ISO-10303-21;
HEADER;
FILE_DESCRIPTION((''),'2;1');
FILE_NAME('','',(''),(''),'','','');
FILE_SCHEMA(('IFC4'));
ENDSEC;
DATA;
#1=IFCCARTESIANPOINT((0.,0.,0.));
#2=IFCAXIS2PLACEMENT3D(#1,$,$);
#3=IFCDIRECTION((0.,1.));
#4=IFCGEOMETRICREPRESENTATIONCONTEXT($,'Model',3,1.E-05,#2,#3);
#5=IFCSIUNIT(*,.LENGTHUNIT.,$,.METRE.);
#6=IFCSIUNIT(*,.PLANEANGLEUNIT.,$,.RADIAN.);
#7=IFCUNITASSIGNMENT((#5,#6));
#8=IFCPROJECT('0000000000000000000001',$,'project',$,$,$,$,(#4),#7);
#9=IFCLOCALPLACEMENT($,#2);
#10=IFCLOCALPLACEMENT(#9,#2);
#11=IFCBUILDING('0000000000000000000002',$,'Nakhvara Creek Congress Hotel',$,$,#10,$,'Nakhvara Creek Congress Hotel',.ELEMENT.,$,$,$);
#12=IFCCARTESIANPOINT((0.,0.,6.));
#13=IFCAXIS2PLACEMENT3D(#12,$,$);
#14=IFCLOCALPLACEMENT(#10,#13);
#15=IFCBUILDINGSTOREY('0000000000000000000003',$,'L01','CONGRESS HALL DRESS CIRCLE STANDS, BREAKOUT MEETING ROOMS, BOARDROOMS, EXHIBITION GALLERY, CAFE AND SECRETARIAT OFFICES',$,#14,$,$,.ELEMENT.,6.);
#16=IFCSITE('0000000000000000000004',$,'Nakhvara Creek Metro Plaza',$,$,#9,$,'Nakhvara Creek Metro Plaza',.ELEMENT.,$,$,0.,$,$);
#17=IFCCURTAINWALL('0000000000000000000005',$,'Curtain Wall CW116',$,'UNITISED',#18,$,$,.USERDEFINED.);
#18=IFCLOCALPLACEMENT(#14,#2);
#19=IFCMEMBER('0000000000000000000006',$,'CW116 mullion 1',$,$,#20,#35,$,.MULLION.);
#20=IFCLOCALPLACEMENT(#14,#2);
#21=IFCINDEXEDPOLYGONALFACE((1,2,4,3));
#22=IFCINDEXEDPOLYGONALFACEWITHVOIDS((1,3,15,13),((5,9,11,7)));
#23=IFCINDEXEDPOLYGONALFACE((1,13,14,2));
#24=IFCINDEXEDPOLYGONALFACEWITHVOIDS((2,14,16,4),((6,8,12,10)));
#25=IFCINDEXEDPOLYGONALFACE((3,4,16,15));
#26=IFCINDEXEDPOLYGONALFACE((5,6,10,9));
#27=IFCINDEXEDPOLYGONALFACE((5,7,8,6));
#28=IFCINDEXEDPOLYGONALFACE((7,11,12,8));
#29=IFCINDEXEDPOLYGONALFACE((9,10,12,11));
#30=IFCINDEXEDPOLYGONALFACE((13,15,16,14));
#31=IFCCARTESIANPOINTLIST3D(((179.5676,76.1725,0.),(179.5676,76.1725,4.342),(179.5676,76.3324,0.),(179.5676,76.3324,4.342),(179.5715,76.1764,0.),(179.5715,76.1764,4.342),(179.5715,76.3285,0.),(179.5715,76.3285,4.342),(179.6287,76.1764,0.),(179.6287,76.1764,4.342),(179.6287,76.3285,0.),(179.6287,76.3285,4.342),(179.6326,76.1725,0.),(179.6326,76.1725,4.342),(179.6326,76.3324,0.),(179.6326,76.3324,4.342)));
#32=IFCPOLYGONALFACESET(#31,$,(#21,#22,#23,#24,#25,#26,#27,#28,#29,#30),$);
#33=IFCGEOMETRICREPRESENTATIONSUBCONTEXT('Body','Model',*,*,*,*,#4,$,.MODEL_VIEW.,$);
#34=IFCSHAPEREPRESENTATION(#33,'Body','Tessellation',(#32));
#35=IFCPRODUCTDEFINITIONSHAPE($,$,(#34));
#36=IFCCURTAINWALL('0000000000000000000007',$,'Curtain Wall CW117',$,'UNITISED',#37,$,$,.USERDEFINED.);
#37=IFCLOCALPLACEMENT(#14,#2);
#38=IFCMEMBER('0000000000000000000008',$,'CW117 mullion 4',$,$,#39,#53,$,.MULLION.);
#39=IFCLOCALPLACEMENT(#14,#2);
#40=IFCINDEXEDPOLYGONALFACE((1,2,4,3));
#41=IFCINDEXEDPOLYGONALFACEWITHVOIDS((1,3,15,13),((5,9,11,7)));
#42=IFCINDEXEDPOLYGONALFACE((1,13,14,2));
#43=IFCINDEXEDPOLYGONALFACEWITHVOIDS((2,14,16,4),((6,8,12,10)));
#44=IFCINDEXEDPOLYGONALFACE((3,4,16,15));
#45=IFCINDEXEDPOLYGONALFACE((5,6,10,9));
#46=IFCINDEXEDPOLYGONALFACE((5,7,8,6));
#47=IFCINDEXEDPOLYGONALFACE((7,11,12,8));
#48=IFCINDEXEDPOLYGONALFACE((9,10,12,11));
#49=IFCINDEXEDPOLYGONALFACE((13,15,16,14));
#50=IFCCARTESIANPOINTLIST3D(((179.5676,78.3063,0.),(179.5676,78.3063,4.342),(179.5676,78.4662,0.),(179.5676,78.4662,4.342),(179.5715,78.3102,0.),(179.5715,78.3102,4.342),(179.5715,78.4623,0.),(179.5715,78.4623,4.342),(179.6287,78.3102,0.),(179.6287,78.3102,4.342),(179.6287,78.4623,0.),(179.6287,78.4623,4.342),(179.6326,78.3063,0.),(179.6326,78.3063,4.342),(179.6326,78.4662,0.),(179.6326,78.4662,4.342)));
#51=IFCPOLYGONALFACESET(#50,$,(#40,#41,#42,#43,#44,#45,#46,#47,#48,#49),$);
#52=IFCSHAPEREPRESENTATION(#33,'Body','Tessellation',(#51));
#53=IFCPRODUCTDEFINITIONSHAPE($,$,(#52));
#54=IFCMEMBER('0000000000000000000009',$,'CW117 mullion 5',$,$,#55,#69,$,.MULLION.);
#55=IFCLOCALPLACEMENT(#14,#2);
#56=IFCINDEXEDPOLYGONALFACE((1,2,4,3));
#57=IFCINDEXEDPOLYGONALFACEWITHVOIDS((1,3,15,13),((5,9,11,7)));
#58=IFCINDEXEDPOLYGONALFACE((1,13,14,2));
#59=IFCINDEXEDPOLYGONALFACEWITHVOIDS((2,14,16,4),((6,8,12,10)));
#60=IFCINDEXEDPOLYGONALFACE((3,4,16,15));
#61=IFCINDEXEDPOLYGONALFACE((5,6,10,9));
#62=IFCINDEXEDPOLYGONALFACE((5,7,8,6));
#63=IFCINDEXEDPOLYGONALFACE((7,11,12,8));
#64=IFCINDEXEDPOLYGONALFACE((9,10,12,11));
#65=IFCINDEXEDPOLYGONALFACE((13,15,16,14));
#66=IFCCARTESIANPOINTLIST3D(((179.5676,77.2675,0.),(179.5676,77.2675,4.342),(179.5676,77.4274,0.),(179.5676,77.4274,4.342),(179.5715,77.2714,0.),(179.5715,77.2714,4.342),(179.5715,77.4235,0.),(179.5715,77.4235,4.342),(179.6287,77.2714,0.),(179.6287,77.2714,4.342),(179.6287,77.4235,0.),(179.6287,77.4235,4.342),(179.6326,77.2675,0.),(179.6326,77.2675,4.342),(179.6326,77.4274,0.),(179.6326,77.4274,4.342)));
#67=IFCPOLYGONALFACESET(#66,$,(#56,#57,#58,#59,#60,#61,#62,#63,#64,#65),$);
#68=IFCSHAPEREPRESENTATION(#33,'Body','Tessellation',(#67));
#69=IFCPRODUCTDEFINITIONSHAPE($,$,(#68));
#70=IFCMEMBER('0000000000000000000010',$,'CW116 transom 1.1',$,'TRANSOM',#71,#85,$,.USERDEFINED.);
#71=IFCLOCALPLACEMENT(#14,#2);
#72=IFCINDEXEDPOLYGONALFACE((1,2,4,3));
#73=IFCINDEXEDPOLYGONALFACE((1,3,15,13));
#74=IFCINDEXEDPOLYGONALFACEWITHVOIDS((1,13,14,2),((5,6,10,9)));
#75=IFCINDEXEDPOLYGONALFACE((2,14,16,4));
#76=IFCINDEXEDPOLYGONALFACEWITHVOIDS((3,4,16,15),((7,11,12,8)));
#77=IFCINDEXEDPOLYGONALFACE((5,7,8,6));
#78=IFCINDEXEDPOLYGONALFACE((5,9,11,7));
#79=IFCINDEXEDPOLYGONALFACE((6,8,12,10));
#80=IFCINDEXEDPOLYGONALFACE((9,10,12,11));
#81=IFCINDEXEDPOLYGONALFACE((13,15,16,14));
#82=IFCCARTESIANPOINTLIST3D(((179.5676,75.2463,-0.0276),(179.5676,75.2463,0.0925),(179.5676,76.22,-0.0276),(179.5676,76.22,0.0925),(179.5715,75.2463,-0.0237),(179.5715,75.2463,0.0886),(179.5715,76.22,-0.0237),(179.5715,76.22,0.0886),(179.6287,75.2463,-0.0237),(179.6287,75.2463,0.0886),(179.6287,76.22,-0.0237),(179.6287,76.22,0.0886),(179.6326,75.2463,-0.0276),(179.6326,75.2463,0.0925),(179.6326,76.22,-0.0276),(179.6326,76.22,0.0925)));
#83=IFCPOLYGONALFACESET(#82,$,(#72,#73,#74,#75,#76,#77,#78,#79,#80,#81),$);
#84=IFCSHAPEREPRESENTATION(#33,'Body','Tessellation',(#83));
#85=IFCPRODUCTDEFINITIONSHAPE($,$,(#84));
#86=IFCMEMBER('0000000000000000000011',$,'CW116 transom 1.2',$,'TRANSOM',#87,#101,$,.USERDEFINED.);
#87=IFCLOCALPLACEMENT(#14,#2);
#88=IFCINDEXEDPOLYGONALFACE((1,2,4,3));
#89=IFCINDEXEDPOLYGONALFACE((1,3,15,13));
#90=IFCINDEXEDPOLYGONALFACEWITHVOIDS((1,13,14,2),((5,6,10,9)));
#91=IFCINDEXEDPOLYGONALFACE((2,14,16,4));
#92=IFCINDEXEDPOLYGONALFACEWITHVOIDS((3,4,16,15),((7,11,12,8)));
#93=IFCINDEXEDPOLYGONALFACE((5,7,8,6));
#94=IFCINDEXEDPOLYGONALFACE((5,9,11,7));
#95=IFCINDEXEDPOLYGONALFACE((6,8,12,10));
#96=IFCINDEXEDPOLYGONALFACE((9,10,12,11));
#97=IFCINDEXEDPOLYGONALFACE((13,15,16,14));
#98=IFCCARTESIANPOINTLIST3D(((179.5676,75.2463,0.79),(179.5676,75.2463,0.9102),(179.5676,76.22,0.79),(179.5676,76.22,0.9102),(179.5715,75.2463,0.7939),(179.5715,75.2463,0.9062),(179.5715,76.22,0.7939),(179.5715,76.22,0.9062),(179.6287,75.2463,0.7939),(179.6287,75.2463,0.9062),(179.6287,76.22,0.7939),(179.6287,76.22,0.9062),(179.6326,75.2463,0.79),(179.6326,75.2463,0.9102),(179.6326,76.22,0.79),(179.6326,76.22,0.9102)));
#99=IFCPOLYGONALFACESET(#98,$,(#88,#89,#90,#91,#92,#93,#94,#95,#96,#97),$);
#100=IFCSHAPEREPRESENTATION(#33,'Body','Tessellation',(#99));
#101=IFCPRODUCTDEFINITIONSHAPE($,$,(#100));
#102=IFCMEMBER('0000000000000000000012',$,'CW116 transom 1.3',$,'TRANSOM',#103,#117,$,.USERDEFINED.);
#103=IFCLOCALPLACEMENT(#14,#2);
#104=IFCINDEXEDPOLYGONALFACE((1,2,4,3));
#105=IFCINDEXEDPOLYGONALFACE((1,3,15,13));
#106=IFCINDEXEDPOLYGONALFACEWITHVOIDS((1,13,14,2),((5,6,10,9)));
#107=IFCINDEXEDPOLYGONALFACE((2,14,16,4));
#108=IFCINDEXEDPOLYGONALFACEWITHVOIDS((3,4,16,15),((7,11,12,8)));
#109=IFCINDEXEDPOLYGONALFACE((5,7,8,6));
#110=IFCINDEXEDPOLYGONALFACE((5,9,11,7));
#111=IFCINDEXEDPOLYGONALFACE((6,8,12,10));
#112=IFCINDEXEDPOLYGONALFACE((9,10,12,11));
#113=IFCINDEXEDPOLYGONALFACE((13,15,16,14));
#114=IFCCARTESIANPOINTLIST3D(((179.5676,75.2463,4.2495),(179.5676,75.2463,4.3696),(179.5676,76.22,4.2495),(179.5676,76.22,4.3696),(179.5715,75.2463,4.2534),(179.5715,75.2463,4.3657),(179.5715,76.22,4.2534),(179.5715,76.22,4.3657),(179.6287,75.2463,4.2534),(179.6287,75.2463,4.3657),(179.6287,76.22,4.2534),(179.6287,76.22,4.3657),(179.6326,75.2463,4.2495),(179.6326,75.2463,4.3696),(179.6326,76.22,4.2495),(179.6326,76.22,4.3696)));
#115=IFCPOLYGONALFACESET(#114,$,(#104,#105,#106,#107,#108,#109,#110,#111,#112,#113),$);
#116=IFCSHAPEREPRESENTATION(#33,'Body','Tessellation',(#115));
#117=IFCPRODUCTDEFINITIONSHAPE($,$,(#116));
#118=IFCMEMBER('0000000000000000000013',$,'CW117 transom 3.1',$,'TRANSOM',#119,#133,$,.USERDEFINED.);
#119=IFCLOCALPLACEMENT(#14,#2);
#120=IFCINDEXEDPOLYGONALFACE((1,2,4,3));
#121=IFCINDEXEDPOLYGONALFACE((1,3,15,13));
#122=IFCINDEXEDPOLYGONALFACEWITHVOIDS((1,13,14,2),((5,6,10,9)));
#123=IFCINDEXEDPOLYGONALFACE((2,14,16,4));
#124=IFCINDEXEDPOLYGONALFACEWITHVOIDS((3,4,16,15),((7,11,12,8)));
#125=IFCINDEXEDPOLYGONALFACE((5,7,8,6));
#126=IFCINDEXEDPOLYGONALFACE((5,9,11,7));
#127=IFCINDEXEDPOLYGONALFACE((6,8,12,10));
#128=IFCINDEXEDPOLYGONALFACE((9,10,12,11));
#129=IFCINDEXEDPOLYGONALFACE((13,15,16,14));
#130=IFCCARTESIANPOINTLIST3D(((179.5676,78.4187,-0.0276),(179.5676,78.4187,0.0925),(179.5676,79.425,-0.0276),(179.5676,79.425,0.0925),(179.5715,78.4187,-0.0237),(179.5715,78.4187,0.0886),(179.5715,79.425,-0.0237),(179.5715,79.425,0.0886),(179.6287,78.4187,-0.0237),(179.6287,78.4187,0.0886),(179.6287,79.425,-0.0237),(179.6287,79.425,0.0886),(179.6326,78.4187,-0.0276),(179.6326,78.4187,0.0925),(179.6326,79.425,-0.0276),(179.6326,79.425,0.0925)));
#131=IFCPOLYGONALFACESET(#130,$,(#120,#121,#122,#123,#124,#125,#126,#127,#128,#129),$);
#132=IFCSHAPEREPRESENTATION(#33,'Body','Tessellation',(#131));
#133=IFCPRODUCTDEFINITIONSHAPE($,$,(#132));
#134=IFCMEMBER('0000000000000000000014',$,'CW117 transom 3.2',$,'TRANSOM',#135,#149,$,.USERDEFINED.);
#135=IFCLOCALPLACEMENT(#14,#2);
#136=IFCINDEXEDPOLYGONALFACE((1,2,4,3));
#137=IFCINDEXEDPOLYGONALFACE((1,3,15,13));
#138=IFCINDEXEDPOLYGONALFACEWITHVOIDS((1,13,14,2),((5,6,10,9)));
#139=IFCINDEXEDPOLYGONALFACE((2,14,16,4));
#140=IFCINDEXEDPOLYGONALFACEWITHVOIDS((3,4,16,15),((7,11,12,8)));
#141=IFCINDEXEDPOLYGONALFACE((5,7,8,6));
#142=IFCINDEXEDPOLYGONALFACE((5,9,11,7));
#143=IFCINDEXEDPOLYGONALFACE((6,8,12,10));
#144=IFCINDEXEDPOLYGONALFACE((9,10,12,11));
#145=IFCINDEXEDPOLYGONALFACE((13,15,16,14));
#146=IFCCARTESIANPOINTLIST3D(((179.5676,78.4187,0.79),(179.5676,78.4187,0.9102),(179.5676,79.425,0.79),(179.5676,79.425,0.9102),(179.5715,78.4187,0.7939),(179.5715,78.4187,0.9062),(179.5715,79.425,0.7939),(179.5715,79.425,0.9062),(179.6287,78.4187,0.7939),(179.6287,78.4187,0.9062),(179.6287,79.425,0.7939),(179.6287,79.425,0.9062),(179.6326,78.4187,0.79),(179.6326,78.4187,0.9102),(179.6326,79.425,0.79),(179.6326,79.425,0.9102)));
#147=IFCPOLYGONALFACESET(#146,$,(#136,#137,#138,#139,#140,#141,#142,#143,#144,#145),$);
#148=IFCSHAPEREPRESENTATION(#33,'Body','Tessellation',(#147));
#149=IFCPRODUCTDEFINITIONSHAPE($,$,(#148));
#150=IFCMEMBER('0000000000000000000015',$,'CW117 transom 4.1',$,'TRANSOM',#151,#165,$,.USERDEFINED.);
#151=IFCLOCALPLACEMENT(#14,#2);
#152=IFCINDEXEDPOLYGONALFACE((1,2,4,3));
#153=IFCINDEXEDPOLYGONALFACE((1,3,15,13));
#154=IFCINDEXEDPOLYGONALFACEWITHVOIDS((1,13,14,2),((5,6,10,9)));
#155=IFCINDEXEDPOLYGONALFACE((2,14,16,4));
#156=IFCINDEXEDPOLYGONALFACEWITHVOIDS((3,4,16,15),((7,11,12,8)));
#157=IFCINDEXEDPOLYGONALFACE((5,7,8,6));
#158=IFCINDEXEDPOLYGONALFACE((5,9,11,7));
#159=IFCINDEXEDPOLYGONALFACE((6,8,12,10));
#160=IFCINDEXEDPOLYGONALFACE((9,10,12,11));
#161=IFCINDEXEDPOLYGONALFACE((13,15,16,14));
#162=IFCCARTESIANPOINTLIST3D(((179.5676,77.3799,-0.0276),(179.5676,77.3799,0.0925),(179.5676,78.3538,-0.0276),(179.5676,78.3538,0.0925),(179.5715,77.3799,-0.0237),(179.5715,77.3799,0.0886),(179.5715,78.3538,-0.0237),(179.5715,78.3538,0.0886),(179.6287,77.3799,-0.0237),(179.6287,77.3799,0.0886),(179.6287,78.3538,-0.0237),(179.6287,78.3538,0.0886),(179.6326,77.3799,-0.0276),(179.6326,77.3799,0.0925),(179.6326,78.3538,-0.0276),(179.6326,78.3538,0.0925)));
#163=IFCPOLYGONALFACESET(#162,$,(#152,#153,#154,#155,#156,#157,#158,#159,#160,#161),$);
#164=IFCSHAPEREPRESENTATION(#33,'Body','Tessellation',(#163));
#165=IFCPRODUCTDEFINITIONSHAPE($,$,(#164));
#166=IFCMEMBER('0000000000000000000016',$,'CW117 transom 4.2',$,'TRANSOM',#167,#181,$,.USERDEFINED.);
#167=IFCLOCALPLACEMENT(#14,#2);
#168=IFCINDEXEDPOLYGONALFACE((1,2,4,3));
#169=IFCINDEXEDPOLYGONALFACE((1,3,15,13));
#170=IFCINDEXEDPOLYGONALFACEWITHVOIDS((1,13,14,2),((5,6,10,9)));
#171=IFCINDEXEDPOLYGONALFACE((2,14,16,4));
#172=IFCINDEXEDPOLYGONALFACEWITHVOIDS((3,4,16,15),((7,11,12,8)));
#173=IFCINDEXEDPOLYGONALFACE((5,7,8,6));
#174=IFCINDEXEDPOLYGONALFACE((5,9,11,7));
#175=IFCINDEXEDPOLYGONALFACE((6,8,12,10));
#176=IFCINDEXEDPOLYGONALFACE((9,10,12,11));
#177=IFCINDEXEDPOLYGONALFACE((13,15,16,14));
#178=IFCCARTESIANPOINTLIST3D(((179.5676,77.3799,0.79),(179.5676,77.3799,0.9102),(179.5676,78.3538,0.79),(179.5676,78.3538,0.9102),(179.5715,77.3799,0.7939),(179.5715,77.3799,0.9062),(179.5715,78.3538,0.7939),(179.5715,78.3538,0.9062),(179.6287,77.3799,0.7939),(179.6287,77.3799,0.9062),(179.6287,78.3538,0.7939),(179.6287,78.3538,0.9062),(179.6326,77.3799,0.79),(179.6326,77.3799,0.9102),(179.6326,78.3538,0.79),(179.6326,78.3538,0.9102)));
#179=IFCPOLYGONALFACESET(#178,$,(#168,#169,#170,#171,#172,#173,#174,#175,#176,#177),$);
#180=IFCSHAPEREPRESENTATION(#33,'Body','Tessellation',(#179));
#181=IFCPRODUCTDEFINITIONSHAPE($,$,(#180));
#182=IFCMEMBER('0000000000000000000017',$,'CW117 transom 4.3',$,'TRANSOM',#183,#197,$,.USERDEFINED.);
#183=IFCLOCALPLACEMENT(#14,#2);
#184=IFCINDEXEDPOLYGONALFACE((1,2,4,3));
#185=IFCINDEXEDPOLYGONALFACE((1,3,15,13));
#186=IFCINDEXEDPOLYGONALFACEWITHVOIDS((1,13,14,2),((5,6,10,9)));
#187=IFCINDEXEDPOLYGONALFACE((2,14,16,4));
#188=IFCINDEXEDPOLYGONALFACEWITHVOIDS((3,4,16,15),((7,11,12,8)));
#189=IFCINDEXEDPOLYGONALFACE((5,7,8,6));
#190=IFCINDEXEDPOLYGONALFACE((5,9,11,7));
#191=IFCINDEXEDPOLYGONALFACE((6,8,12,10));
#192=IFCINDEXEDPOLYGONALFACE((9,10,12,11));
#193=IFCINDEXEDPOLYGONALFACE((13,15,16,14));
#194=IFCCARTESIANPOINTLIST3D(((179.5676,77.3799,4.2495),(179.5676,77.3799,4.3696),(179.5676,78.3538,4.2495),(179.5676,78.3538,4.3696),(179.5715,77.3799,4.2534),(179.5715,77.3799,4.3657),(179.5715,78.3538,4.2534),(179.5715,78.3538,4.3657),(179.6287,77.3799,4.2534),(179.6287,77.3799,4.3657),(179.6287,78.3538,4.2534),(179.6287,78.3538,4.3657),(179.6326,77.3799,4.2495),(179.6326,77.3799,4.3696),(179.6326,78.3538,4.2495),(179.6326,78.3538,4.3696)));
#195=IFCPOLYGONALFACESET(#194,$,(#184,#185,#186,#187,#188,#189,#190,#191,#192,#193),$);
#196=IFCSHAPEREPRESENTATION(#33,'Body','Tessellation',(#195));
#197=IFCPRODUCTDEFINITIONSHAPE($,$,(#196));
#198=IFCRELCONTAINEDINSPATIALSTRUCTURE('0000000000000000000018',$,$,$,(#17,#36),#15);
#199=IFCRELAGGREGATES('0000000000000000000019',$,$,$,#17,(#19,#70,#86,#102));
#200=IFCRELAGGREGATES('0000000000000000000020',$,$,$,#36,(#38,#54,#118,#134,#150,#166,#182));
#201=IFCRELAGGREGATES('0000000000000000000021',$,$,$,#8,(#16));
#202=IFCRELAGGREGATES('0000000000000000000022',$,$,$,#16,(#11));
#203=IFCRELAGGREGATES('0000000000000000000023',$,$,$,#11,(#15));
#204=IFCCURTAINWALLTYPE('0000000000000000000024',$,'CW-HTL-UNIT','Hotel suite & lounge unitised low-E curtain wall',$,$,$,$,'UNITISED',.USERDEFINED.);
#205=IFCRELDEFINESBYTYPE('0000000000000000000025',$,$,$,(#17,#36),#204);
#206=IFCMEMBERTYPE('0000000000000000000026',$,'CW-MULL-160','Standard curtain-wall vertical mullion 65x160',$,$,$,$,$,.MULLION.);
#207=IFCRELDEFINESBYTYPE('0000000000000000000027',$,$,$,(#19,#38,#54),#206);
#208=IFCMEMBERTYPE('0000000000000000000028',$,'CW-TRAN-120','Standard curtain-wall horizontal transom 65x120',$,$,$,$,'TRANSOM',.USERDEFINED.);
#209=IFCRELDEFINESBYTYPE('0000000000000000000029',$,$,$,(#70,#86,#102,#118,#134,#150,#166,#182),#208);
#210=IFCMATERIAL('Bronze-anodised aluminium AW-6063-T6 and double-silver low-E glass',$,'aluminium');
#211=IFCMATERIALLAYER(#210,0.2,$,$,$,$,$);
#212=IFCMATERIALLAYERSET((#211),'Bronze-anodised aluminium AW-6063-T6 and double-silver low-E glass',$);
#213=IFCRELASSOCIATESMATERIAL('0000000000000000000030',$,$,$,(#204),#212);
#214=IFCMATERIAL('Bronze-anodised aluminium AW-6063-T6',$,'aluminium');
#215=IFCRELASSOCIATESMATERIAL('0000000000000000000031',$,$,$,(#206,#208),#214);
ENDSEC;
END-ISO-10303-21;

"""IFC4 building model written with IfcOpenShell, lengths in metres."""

from ifc_helpers import new_model, si_unit, direction, frame, origin, origin_2d, place, context, subcontext, project, spatial, hollow_rectangle, extrude, material, layer, layer_set, material_profile, profile_set, type_object, element, aggregate, save


model = new_model("IFC4")

# Units and contexts
model_context = context("Model", 3, precision=1e-05, world=origin(), true_north=direction((0.0, 1.0)))
body_context = subcontext(model_context, "Body", "Model", "MODEL_VIEW")
ifc_project = project(units=[si_unit("LENGTHUNIT", "METRE"), si_unit("PLANEANGLEUNIT", "RADIAN")], contexts=[model_context])

# Site, building, storey
site_placement = place(None, origin())
site = spatial("IfcSite", under=ifc_project, at=site_placement, Name="Nakhvara Creek Metro Plaza", LongName="Nakhvara Creek Metro Plaza", CompositionType="ELEMENT", RefElevation=0.0)
building_placement = place(site_placement, origin())
building = spatial("IfcBuilding", under=site, at=building_placement, Name="Nakhvara Creek Congress Hotel", LongName="Nakhvara Creek Congress Hotel", CompositionType="ELEMENT")
storey_placement = place(building_placement, frame((0.0, 0.0, 6.0)))
storey = spatial("IfcBuildingStorey", under=building, at=storey_placement, Name="L01", Description="CONGRESS HALL DRESS CIRCLE STANDS, BREAKOUT MEETING ROOMS, BOARDROOMS, EXHIBITION GALLERY, CAFE AND SECRETARIAT OFFICES", CompositionType="ELEMENT", Elevation=6.0)

# Curtain wall, member
ifc_material_1 = material(Name="Bronze-anodised aluminium AW-6063-T6 and double-silver low-E glass", Category="aluminium")
ifc_layer_1 = layer(ifc_material_1, 0.2)
ifc_layer_set_1 = layer_set([ifc_layer_1], Name="Bronze-anodised aluminium AW-6063-T6 and double-silver low-E glass")
curtain_wall_type = type_object("IfcCurtainWallType", Name="CW-HTL-UNIT", Description="Hotel suite & lounge unitised low-E curtain wall", ElementType="UNITISED", PredefinedType="USERDEFINED", material=ifc_layer_set_1)
curtain_wall_1_placement = place(storey_placement, origin())
curtain_wall_1 = element("IfcCurtainWall", 1, at=curtain_wall_1_placement, inside=storey, type_object=curtain_wall_type, Name="Curtain Wall CW116", ObjectType="UNITISED", PredefinedType="USERDEFINED")
ifc_material_2 = material(Name="Bronze-anodised aluminium AW-6063-T6", Category="aluminium")
ifc_material_profile_1 = material_profile(ifc_material_2, hollow_rectangle(XDim=0.0649, YDim=0.1599, WallThickness=0.0039, at=origin_2d()), Name="ALU-MULL 65x160x4", Category="LoadBearing")
ifc_profile_set_1 = profile_set([ifc_material_profile_1], Name="Bronze-anodised aluminium AW-6063-T6")
member_type_1 = type_object("IfcMemberType", Name="CW-MULL-160", Description="Standard curtain-wall vertical mullion 65x160", PredefinedType="MULLION", material=ifc_profile_set_1)
member_1_placement = place(storey_placement, frame((179.6001, 76.2524, 0.0), z_axis=(0.0, 0.0, 1.0), x_axis=(1.0, 0.0, 0.0)))
member_1 = element("IfcMember", 2, at=member_1_placement, type_object=member_type_1, Name="CW116 mullion 1", PredefinedType="MULLION", context=body_context, shape_type="SweptSolid", body=[
    extrude(hollow_rectangle(XDim=0.0649, YDim=0.1599, WallThickness=0.0039, at=origin_2d()), origin(), (0.0, 0.0, 1.0), 4.342),
])

# Curtain wall, members
curtain_wall_2_placement = place(storey_placement, origin())
curtain_wall_2 = element("IfcCurtainWall", 3, at=curtain_wall_2_placement, inside=storey, type_object=curtain_wall_type, Name="Curtain Wall CW117", ObjectType="UNITISED", PredefinedType="USERDEFINED")
member_2_placement = place(storey_placement, frame((179.6001, 78.3862, 0.0), z_axis=(0.0, 0.0, 1.0), x_axis=(1.0, 0.0, 0.0)))
member_2 = element("IfcMember", 4, at=member_2_placement, type_object=member_type_1, Name="CW117 mullion 4", PredefinedType="MULLION", context=body_context, shape_type="SweptSolid", body=[
    extrude(hollow_rectangle(XDim=0.0649, YDim=0.1599, WallThickness=0.0039, at=origin_2d()), origin(), (0.0, 0.0, 1.0), 4.342),
])
member_3_placement = place(storey_placement, frame((179.6001, 77.3474, 0.0), z_axis=(0.0, 0.0, 1.0), x_axis=(1.0, 0.0, 0.0)))
member_3 = element("IfcMember", 5, at=member_3_placement, type_object=member_type_1, Name="CW117 mullion 5", PredefinedType="MULLION", context=body_context, shape_type="SweptSolid", body=[
    extrude(hollow_rectangle(XDim=0.0649, YDim=0.1599, WallThickness=0.0039, at=origin_2d()), origin(), (0.0, 0.0, 1.0), 4.342),
])

# Members
ifc_material_profile_2 = material_profile(ifc_material_2, hollow_rectangle(XDim=0.0649, YDim=0.1201, WallThickness=0.0039, at=origin_2d()), Name="ALU-TRAN 65x120x4", Category="LoadBearing")
ifc_profile_set_2 = profile_set([ifc_material_profile_2], Name="Bronze-anodised aluminium AW-6063-T6")
member_type_2 = type_object("IfcMemberType", Name="CW-TRAN-120", Description="Standard curtain-wall horizontal transom 65x120", ElementType="TRANSOM", PredefinedType="USERDEFINED", material=ifc_profile_set_2)
member_4_placement = place(storey_placement, frame((179.6001, 76.22, 0.0325), z_axis=(0.0, -1.0, 0.0), x_axis=(1.0, 0.0, 0.0)))
member_4 = element("IfcMember", 6, at=member_4_placement, type_object=member_type_2, Name="CW116 transom 1.1", ObjectType="TRANSOM", PredefinedType="USERDEFINED", context=body_context, shape_type="SweptSolid", body=[
    extrude(hollow_rectangle(XDim=0.0649, YDim=0.1201, WallThickness=0.0039, at=origin_2d()), origin(), (0.0, 0.0, 1.0), 0.9736),
])
member_5_placement = place(storey_placement, frame((179.6001, 76.22, 0.8501), z_axis=(0.0, -1.0, 0.0), x_axis=(1.0, 0.0, 0.0)))
member_5 = element("IfcMember", 7, at=member_5_placement, type_object=member_type_2, Name="CW116 transom 1.2", ObjectType="TRANSOM", PredefinedType="USERDEFINED", context=body_context, shape_type="SweptSolid", body=[
    extrude(hollow_rectangle(XDim=0.0649, YDim=0.1201, WallThickness=0.0039, at=origin_2d()), origin(), (0.0, 0.0, 1.0), 0.9736),
])
member_6_placement = place(storey_placement, frame((179.6001, 76.22, 4.3096), z_axis=(0.0, -1.0, 0.0), x_axis=(1.0, 0.0, 0.0)))
member_6 = element("IfcMember", 8, at=member_6_placement, type_object=member_type_2, Name="CW116 transom 1.3", ObjectType="TRANSOM", PredefinedType="USERDEFINED", context=body_context, shape_type="SweptSolid", body=[
    extrude(hollow_rectangle(XDim=0.0649, YDim=0.1201, WallThickness=0.0039, at=origin_2d()), origin(), (0.0, 0.0, 1.0), 0.9736),
])
aggregate(curtain_wall_1, [member_1, member_4, member_5, member_6])
member_7_placement = place(storey_placement, frame((179.6001, 79.425, 0.0325), z_axis=(0.0, -1.0, 0.0), x_axis=(1.0, 0.0, 0.0)))
member_7 = element("IfcMember", 9, at=member_7_placement, type_object=member_type_2, Name="CW117 transom 3.1", ObjectType="TRANSOM", PredefinedType="USERDEFINED", context=body_context, shape_type="SweptSolid", body=[
    extrude(hollow_rectangle(XDim=0.0649, YDim=0.1201, WallThickness=0.0039, at=origin_2d()), origin(), (0.0, 0.0, 1.0), 1.0063),
])
member_8_placement = place(storey_placement, frame((179.6001, 79.425, 0.8501), z_axis=(0.0, -1.0, 0.0), x_axis=(1.0, 0.0, 0.0)))
member_8 = element("IfcMember", 10, at=member_8_placement, type_object=member_type_2, Name="CW117 transom 3.2", ObjectType="TRANSOM", PredefinedType="USERDEFINED", context=body_context, shape_type="SweptSolid", body=[
    extrude(hollow_rectangle(XDim=0.0649, YDim=0.1201, WallThickness=0.0039, at=origin_2d()), origin(), (0.0, 0.0, 1.0), 1.0063),
])
member_9_placement = place(storey_placement, frame((179.6001, 78.3538, 0.0325), z_axis=(0.0, -1.0, 0.0), x_axis=(1.0, 0.0, 0.0)))
member_9 = element("IfcMember", 11, at=member_9_placement, type_object=member_type_2, Name="CW117 transom 4.1", ObjectType="TRANSOM", PredefinedType="USERDEFINED", context=body_context, shape_type="SweptSolid", body=[
    extrude(hollow_rectangle(XDim=0.0649, YDim=0.1201, WallThickness=0.0039, at=origin_2d()), origin(), (0.0, 0.0, 1.0), 0.9739),
])
member_10_placement = place(storey_placement, frame((179.6001, 78.3538, 0.8501), z_axis=(0.0, -1.0, 0.0), x_axis=(1.0, 0.0, 0.0)))
member_10 = element("IfcMember", 12, at=member_10_placement, type_object=member_type_2, Name="CW117 transom 4.2", ObjectType="TRANSOM", PredefinedType="USERDEFINED", context=body_context, shape_type="SweptSolid", body=[
    extrude(hollow_rectangle(XDim=0.0649, YDim=0.1201, WallThickness=0.0039, at=origin_2d()), origin(), (0.0, 0.0, 1.0), 0.9739),
])
member_11_placement = place(storey_placement, frame((179.6001, 78.3538, 4.3096), z_axis=(0.0, -1.0, 0.0), x_axis=(1.0, 0.0, 0.0)))
member_11 = element("IfcMember", 13, at=member_11_placement, type_object=member_type_2, Name="CW117 transom 4.3", ObjectType="TRANSOM", PredefinedType="USERDEFINED", context=body_context, shape_type="SweptSolid", body=[
    extrude(hollow_rectangle(XDim=0.0649, YDim=0.1201, WallThickness=0.0039, at=origin_2d()), origin(), (0.0, 0.0, 1.0), 0.9739),
])

aggregate(curtain_wall_2, [member_2, member_3, member_7, member_8, member_9, member_10, member_11])

save(model, "model.ifc")
